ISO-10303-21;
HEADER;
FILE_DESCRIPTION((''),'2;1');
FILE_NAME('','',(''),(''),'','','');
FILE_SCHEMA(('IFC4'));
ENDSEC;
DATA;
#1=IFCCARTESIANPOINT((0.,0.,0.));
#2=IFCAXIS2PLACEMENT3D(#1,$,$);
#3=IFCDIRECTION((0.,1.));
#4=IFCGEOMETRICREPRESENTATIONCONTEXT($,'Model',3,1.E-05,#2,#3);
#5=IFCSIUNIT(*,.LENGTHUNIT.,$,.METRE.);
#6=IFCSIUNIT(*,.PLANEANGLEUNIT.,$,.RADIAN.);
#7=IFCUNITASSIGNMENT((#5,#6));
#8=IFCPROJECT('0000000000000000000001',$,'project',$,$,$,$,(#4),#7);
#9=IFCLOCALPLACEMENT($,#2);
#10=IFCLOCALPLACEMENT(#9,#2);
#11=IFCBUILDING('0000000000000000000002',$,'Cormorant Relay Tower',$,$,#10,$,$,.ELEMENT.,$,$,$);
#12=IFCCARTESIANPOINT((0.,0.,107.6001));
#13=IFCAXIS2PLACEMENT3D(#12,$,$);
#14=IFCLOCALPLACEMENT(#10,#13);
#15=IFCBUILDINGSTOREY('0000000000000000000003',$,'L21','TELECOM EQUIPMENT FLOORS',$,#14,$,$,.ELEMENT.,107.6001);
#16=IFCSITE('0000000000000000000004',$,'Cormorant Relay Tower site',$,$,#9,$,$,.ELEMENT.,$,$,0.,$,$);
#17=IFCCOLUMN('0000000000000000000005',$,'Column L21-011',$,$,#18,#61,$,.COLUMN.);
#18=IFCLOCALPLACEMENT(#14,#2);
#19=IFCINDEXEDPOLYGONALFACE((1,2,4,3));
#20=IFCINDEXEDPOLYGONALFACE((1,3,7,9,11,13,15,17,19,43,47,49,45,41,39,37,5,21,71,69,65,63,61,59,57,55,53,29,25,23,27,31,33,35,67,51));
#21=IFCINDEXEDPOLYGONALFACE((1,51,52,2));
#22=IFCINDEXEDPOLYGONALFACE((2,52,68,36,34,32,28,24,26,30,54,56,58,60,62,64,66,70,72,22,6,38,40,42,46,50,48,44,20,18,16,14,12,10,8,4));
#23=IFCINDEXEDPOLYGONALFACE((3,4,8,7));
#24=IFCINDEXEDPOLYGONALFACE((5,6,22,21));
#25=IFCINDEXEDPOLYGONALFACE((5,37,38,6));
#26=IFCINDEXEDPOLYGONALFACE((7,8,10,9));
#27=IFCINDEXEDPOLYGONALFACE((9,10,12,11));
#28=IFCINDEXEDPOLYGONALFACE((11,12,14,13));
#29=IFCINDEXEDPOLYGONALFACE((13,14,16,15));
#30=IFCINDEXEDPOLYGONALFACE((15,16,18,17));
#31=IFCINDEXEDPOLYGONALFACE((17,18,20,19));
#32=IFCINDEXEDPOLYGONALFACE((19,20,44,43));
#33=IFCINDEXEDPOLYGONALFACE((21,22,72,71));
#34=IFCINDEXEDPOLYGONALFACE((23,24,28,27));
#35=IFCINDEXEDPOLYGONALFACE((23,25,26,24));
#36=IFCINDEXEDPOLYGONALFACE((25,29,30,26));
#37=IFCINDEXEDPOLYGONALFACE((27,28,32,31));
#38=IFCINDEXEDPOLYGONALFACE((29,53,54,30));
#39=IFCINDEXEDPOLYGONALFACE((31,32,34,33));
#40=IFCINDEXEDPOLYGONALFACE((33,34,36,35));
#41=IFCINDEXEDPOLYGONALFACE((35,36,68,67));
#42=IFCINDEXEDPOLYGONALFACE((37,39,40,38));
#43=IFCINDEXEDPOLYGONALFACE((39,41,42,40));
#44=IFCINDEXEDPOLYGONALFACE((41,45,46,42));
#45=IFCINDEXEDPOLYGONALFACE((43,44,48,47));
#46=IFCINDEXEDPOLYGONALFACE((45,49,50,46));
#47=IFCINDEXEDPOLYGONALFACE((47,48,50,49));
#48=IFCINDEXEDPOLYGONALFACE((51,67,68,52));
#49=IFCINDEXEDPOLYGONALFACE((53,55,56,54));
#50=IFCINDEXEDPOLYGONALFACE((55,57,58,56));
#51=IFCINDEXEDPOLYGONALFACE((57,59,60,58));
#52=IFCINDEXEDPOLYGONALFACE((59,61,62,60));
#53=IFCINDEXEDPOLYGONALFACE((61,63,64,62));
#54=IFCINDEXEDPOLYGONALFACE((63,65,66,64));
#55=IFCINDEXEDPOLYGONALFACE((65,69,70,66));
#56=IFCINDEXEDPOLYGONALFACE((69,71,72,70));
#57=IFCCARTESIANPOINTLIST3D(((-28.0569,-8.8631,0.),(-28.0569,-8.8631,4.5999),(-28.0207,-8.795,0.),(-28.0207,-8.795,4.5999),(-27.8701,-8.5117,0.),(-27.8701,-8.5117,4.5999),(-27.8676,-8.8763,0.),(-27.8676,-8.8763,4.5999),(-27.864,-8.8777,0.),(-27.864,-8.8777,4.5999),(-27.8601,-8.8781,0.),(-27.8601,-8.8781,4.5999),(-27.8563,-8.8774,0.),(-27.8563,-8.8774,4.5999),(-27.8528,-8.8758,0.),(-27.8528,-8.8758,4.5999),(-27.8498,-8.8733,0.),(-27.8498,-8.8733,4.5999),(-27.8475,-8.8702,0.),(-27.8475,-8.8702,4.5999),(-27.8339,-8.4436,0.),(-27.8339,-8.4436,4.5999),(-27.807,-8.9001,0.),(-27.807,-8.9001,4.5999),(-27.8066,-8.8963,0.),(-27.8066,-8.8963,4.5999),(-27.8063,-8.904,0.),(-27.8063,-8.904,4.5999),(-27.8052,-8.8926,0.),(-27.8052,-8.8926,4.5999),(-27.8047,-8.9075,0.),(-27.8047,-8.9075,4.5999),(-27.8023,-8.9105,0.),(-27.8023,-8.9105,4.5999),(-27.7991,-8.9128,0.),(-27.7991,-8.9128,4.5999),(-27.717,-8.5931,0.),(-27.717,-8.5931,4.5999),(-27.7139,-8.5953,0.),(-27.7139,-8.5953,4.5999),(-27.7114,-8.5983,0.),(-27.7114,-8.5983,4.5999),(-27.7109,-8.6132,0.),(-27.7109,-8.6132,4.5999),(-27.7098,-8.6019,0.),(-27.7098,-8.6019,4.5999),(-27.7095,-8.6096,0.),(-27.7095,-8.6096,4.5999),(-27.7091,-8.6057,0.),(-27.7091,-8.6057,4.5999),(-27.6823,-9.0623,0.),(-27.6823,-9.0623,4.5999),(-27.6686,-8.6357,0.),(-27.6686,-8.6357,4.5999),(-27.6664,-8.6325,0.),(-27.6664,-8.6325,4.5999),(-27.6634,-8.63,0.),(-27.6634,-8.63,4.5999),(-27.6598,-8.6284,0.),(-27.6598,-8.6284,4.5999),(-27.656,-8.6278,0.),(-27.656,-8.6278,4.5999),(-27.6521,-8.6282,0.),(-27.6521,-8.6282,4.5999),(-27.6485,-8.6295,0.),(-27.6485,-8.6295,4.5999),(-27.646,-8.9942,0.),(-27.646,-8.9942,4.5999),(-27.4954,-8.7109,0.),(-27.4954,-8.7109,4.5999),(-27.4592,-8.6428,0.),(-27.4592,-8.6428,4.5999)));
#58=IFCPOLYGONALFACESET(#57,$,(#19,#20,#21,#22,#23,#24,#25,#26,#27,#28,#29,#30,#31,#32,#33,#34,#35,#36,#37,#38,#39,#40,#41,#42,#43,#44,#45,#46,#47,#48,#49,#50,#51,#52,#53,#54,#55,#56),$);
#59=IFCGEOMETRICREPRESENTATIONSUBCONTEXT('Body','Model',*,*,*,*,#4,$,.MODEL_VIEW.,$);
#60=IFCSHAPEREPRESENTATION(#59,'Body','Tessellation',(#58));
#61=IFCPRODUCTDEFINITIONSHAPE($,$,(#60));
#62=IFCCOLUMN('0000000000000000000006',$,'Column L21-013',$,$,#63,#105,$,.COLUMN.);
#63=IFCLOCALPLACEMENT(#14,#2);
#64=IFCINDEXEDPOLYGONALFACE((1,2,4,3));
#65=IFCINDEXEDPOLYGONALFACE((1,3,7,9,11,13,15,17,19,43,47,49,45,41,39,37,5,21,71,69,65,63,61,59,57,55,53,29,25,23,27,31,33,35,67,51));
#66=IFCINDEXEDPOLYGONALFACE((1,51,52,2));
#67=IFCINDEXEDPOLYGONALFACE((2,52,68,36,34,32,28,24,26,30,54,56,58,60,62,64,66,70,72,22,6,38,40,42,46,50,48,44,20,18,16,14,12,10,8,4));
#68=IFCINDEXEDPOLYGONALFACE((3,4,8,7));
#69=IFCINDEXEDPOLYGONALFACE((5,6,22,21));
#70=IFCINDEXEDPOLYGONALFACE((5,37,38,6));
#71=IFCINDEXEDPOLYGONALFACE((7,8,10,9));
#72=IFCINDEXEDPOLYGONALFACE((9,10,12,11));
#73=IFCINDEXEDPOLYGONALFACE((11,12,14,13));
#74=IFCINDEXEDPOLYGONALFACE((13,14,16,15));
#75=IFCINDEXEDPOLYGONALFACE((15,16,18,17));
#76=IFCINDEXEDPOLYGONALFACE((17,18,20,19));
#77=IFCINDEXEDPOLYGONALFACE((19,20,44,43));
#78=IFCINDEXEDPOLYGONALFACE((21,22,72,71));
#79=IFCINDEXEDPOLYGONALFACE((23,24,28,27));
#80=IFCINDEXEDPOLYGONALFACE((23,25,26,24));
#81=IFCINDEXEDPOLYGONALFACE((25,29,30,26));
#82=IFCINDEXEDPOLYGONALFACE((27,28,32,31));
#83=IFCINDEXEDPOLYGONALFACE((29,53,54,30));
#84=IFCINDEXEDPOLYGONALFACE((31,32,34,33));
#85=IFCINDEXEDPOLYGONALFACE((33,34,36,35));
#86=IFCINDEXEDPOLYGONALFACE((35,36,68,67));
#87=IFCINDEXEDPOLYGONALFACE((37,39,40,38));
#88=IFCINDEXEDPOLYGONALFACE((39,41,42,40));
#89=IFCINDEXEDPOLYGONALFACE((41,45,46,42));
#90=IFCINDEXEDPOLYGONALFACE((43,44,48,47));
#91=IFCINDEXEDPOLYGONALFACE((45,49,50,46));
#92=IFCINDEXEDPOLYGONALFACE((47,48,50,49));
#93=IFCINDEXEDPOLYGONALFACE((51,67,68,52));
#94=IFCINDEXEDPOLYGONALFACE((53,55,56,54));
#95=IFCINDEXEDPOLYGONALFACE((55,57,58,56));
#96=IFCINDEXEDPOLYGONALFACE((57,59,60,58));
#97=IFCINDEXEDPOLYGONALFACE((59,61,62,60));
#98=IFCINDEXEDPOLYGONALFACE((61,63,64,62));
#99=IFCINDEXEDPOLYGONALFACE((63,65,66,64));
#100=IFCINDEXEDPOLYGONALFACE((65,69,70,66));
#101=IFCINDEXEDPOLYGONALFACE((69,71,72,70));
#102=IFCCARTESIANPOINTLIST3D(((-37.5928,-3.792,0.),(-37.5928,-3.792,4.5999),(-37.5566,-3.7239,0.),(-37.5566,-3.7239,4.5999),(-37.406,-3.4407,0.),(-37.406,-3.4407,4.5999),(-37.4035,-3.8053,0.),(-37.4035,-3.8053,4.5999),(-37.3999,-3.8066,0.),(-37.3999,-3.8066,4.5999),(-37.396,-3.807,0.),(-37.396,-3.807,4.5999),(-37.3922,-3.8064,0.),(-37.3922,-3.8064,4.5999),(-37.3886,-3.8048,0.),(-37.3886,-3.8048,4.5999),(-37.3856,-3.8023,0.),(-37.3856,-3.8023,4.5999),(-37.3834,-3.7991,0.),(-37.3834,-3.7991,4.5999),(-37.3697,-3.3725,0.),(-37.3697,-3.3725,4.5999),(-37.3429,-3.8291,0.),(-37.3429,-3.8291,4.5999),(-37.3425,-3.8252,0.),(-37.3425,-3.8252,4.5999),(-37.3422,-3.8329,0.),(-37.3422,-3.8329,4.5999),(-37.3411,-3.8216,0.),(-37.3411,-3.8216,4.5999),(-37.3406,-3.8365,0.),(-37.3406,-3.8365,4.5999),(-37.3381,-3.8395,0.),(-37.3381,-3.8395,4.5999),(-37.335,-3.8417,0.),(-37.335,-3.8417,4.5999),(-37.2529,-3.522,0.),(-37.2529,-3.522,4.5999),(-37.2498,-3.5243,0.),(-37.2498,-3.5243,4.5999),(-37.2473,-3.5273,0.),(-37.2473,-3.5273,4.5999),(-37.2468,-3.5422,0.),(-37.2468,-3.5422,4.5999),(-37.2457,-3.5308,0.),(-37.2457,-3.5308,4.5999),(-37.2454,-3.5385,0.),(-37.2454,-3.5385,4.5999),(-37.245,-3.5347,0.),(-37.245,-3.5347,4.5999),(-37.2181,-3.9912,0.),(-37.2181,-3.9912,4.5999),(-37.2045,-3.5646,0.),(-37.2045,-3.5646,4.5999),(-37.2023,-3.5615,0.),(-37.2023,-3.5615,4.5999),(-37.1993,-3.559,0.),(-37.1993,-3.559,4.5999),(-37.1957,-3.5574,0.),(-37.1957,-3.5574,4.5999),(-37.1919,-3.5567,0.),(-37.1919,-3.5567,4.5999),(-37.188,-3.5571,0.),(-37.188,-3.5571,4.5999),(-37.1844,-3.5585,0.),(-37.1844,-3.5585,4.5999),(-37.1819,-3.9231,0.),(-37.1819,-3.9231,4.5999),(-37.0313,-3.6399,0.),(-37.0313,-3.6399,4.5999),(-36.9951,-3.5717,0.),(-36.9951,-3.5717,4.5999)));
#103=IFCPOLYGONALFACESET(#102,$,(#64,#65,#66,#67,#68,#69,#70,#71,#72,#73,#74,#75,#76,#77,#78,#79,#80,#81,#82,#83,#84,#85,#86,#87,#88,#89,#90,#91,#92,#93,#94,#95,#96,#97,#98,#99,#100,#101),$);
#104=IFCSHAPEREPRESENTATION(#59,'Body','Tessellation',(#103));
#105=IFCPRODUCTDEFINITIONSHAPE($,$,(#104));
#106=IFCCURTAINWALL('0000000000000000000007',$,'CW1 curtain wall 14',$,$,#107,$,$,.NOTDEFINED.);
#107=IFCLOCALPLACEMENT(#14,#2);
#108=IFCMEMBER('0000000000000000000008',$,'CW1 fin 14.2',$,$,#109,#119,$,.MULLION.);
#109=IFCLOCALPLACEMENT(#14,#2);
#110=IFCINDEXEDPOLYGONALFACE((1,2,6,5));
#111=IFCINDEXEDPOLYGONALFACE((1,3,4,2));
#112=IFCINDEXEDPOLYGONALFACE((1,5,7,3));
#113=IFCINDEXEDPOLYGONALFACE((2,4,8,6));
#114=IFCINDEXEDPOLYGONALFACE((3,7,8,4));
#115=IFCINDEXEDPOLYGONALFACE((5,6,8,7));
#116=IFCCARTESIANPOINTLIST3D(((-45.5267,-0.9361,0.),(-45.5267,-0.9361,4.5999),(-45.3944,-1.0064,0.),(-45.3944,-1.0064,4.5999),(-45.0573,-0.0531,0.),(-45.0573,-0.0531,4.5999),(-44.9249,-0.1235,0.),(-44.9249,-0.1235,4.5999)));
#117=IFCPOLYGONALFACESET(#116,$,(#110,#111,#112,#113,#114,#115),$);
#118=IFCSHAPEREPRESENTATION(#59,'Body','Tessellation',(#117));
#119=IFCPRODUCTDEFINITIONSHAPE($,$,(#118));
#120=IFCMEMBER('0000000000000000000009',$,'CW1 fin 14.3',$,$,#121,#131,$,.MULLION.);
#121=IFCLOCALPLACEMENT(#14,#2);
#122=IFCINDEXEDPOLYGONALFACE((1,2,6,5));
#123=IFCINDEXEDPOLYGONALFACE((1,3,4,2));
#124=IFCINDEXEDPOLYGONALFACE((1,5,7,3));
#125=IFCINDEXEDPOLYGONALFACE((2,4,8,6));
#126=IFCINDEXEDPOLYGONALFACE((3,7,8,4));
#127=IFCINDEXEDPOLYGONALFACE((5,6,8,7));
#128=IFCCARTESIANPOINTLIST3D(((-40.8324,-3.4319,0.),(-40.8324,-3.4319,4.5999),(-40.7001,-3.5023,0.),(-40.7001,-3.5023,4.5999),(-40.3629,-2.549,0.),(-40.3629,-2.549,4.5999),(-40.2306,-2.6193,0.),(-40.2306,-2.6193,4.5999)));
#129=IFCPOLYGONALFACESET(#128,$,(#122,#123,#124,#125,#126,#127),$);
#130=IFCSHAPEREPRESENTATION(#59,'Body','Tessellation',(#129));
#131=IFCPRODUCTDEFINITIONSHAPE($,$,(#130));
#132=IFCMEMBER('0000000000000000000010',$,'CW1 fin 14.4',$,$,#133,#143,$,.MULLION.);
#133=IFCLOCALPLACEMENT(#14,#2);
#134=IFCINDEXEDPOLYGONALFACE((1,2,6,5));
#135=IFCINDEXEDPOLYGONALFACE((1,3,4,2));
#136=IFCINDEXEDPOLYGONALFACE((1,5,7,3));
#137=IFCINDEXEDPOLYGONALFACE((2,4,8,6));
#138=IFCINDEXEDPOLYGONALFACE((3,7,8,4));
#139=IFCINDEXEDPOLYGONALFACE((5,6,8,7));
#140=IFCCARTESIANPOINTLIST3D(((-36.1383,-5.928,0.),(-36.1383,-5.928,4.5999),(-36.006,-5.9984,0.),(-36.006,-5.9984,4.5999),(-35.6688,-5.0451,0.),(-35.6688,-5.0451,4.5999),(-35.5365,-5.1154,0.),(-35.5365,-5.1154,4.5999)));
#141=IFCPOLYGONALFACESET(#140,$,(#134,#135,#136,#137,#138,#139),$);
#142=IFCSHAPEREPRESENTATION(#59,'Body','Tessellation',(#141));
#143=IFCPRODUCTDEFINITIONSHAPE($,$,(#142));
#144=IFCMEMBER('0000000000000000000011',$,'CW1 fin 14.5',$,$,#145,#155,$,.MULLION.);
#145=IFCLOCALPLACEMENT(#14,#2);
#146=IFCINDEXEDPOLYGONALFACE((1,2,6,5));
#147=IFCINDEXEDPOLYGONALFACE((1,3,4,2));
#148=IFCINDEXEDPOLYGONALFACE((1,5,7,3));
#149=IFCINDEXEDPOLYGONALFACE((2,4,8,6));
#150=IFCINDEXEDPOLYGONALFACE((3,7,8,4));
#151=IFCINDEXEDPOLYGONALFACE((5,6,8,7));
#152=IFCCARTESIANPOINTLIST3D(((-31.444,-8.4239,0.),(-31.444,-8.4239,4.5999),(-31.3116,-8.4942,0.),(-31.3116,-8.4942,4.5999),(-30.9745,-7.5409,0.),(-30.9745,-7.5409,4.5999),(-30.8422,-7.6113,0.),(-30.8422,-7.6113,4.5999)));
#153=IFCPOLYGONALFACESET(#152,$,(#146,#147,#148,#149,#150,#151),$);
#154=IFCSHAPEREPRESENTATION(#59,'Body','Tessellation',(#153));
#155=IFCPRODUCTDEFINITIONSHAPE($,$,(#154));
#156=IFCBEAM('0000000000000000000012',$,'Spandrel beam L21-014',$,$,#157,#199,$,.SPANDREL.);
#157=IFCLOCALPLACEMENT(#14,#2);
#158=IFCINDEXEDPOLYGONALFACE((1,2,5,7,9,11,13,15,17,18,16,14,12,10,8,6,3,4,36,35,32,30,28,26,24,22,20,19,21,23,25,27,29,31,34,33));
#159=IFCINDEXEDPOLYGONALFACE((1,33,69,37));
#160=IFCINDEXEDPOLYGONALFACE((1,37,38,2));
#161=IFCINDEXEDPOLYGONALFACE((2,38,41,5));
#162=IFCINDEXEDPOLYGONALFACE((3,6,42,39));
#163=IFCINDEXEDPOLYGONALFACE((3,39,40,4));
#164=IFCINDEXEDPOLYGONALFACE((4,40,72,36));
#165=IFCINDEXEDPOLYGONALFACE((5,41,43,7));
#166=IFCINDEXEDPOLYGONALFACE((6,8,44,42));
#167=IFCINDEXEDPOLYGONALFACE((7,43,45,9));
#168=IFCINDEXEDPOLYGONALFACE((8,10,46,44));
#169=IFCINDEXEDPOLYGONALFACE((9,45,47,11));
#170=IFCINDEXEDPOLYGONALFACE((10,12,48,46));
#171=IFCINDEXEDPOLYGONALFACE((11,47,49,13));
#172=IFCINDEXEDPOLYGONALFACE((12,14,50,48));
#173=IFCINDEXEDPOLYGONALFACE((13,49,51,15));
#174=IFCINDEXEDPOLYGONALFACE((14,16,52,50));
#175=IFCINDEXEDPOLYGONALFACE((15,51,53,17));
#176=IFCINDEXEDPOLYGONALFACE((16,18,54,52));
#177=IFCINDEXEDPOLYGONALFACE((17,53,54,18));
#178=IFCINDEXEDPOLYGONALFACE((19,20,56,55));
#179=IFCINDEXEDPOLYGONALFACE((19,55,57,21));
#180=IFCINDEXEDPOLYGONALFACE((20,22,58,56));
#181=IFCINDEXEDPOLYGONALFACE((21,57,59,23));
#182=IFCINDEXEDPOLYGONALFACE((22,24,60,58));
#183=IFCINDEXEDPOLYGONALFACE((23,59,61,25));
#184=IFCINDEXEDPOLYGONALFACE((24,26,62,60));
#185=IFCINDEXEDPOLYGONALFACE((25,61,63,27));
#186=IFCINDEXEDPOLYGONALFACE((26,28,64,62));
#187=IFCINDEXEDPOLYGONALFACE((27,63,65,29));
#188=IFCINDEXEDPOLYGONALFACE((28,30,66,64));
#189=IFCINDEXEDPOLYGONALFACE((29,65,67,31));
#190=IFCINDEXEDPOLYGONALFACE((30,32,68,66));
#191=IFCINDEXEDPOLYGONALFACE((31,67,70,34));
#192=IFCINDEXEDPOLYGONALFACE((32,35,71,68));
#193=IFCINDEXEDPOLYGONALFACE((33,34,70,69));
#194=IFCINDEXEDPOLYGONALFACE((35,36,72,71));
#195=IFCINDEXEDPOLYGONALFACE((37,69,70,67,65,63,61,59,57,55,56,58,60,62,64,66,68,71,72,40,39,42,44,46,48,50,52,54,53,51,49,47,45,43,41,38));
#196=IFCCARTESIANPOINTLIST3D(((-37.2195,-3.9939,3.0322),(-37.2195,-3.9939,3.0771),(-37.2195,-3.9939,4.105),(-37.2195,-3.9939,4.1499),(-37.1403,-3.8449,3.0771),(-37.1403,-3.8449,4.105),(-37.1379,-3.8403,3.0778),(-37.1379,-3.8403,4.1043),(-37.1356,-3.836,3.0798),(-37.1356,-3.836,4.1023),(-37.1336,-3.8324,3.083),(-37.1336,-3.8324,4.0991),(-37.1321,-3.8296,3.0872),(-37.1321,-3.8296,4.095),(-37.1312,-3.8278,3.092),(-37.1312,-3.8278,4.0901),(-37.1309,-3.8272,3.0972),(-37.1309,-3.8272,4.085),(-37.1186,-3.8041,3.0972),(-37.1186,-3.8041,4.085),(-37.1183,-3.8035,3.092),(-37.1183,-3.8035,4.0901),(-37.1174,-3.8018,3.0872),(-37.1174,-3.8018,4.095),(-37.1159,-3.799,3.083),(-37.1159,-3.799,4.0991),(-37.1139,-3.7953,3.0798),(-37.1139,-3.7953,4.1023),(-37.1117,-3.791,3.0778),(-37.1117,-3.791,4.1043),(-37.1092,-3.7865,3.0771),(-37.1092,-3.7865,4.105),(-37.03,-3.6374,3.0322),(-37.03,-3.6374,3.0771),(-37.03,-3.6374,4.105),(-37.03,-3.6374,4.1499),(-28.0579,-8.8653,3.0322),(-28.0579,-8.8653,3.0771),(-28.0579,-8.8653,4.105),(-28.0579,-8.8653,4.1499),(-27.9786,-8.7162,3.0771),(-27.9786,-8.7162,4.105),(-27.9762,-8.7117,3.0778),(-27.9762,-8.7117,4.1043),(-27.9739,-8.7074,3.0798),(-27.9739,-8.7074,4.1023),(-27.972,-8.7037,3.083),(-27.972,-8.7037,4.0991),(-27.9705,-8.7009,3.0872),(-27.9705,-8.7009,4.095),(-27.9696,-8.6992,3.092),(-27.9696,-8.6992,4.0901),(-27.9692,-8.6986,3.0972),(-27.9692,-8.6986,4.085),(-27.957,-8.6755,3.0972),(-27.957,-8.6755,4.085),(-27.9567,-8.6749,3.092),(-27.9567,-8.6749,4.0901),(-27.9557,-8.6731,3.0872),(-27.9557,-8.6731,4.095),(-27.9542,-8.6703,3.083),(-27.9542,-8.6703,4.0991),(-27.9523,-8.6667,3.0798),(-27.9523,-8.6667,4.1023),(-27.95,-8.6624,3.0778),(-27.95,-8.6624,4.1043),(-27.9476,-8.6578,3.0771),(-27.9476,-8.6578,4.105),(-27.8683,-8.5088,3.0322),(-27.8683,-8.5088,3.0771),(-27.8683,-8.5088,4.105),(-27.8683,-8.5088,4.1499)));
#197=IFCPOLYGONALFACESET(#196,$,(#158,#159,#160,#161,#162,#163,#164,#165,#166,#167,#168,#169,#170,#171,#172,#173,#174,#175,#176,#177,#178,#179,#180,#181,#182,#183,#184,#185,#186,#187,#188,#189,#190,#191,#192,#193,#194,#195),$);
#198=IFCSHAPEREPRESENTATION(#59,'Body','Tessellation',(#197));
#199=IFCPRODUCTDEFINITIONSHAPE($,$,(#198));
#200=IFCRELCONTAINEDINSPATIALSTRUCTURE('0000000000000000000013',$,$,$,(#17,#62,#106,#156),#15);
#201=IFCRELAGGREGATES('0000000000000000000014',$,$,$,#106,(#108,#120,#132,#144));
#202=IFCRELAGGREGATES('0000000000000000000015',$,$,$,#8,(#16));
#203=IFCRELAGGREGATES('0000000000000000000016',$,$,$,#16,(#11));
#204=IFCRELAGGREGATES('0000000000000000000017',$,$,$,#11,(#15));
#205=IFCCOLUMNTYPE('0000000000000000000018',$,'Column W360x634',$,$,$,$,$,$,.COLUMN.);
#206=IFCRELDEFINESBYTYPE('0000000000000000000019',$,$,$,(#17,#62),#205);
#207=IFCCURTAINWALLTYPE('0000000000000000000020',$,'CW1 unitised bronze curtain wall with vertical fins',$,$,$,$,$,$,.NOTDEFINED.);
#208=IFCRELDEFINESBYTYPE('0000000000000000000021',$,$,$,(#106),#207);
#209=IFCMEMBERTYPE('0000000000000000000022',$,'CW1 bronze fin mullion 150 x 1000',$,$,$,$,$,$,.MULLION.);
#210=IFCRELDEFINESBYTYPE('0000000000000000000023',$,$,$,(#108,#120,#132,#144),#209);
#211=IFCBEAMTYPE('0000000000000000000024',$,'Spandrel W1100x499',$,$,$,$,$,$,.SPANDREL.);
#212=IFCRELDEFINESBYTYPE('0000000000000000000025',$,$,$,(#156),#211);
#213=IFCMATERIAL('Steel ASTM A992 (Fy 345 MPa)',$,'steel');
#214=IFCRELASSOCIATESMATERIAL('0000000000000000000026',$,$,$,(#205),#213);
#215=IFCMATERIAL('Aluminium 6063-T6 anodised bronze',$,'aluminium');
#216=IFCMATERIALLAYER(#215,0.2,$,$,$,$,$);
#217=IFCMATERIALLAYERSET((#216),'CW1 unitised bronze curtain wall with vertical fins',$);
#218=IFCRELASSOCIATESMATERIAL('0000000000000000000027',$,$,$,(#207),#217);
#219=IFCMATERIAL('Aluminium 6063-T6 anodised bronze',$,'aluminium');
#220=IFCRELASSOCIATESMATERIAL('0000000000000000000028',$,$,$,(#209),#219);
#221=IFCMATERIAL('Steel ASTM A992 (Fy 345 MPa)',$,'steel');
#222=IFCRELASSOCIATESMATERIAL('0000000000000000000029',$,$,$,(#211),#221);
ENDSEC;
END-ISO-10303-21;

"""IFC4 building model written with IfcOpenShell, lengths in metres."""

from ifc_helpers import new_model, si_unit, direction, frame, origin, origin_2d, place, context, subcontext, project, spatial, rectangle, i_section, extrude, material, layer, layer_set, material_profile, profile_set, type_object, element, aggregate, save


model = new_model("IFC4")

# Units and contexts
model_context = context("Model", 3, precision=1e-05, world=origin(), true_north=direction((0.0, 1.0)))
body_context = subcontext(model_context, "Body", "Model", "MODEL_VIEW")
ifc_project = project(units=[si_unit("LENGTHUNIT", "METRE"), si_unit("PLANEANGLEUNIT", "RADIAN")], contexts=[model_context])

# Site, building, storey
site_placement = place(None, origin())
site = spatial("IfcSite", under=ifc_project, at=site_placement, Name="Cormorant Relay Tower site", CompositionType="ELEMENT", RefElevation=0.0)
building_placement = place(site_placement, origin())
building = spatial("IfcBuilding", under=site, at=building_placement, Name="Cormorant Relay Tower", CompositionType="ELEMENT")
storey_placement = place(building_placement, frame((0.0, 0.0, 107.6001)))
storey = spatial("IfcBuildingStorey", under=building, at=storey_placement, Name="L21", Description="TELECOM EQUIPMENT FLOORS", CompositionType="ELEMENT", Elevation=107.6001)

# Columns
ifc_material_1 = material(Name="Steel ASTM A992 (Fy 345 MPa)", Category="steel")
ifc_material_profile_1 = material_profile(ifc_material_1, i_section(OverallWidth=0.4243, OverallDepth=0.4751, WebThickness=0.0479, FlangeThickness=0.0771, FilletRadius=0.0149, at=origin_2d()), Name="W360x634")
ifc_profile_set_1 = profile_set([ifc_material_profile_1], Name="Steel ASTM A992 (Fy 345 MPa)")
column_type = type_object("IfcColumnType", Name="Column W360x634", PredefinedType="COLUMN", material=ifc_profile_set_1)
for number, where, z_axis, x_axis, name in (
    (1, (-27.7581, -8.7529, 0.0), (0.0, 0.0, 1.0), (0.882948, -0.469472, 0.0), "Column L21-011"),
    (2, (-37.2939, -3.6819, 0.0), (0.0, 0.0, 1.0), (0.882948, -0.469472, 0.0), "Column L21-013"),
):
    element("IfcColumn", number, at=place(storey_placement, frame(where, z_axis=z_axis, x_axis=x_axis)), inside=storey, type_object=column_type, Name=name, PredefinedType="COLUMN", context=body_context, shape_type="SweptSolid", body=[
        extrude(i_section(OverallWidth=0.4243, OverallDepth=0.4751, WebThickness=0.0479, FlangeThickness=0.0771, FilletRadius=0.0149, at=origin_2d()), origin(), (0.0, 0.0, 1.0), 4.5999),
    ])

# Curtain wall, members
ifc_material_2 = material(Name="Aluminium 6063-T6 anodised bronze", Category="aluminium")
ifc_layer_1 = layer(ifc_material_2, 0.2)
ifc_layer_set_1 = layer_set([ifc_layer_1], Name="CW1 unitised bronze curtain wall with vertical fins")
curtain_wall_type = type_object("IfcCurtainWallType", Name="CW1 unitised bronze curtain wall with vertical fins", PredefinedType="NOTDEFINED", material=ifc_layer_set_1)
curtain_wall_placement = place(storey_placement, origin())
curtain_wall = element("IfcCurtainWall", 3, at=curtain_wall_placement, inside=storey, type_object=curtain_wall_type, Name="CW1 curtain wall 14", PredefinedType="NOTDEFINED")
ifc_material_3 = material(Name="Aluminium 6063-T6 anodised bronze", Category="aluminium")
ifc_material_profile_2 = material_profile(ifc_material_3, rectangle(XDim=0.1499, YDim=1.0, at=origin_2d()), Name="AL 150x1000")
ifc_profile_set_2 = profile_set([ifc_material_profile_2], Name="Aluminium 6063-T6 anodised bronze")
member_type = type_object("IfcMemberType", Name="CW1 bronze fin mullion 150 x 1000", PredefinedType="MULLION", material=ifc_profile_set_2)
member_1_placement = place(storey_placement, frame((-45.2258, -0.5298, 0.0), z_axis=(0.0, 0.0, 1.0), x_axis=(0.882948, -0.469472, 0.0)))
member_1 = element("IfcMember", 4, at=member_1_placement, type_object=member_type, Name="CW1 fin 14.2", PredefinedType="MULLION", context=body_context, shape_type="SweptSolid", body=[
    extrude(rectangle(XDim=0.1499, YDim=1.0, at=origin_2d()), origin(), (0.0, 0.0, 1.0), 4.5999),
])
member_2_placement = place(storey_placement, frame((-40.5315, -3.0256, 0.0), z_axis=(0.0, 0.0, 1.0), x_axis=(0.882948, -0.469472, 0.0)))
member_2 = element("IfcMember", 5, at=member_2_placement, type_object=member_type, Name="CW1 fin 14.3", PredefinedType="MULLION", context=body_context, shape_type="SweptSolid", body=[
    extrude(rectangle(XDim=0.1499, YDim=1.0, at=origin_2d()), origin(), (0.0, 0.0, 1.0), 4.5999),
])
member_3_placement = place(storey_placement, frame((-35.8374, -5.5217, 0.0), z_axis=(0.0, 0.0, 1.0), x_axis=(0.882948, -0.469472, 0.0)))
member_3 = element("IfcMember", 6, at=member_3_placement, type_object=member_type, Name="CW1 fin 14.4", PredefinedType="MULLION", context=body_context, shape_type="SweptSolid", body=[
    extrude(rectangle(XDim=0.1499, YDim=1.0, at=origin_2d()), origin(), (0.0, 0.0, 1.0), 4.5999),
])
member_4_placement = place(storey_placement, frame((-31.1431, -8.0176, 0.0), z_axis=(0.0, 0.0, 1.0), x_axis=(0.882948, -0.469472, 0.0)))
member_4 = element("IfcMember", 7, at=member_4_placement, type_object=member_type, Name="CW1 fin 14.5", PredefinedType="MULLION", context=body_context, shape_type="SweptSolid", body=[
    extrude(rectangle(XDim=0.1499, YDim=1.0, at=origin_2d()), origin(), (0.0, 0.0, 1.0), 4.5999),
])

# Beam
ifc_material_4 = material(Name="Steel ASTM A992 (Fy 345 MPa)", Category="steel")
ifc_material_profile_3 = material_profile(ifc_material_4, i_section(OverallWidth=0.4038, OverallDepth=1.1177, WebThickness=0.0261, FlangeThickness=0.0449, FilletRadius=0.02, at=origin_2d()), Name="W1100x499")
ifc_profile_set_3 = profile_set([ifc_material_profile_3], Name="Steel ASTM A992 (Fy 345 MPa)")
beam_type_1 = type_object("IfcBeamType", Name="Spandrel W1100x499", PredefinedType="SPANDREL", material=ifc_profile_set_3)
beam_1_placement = place(storey_placement, frame((-37.1248, -3.8157, 3.5911), z_axis=(0.882947, -0.469473, 0.0), x_axis=(0.469473, 0.882947, 0.0)))
element("IfcBeam", 8, at=beam_1_placement, inside=storey, type_object=beam_type_1, Name="Spandrel beam L21-014", PredefinedType="SPANDREL", context=body_context, shape_type="SweptSolid", body=[
    extrude(i_section(OverallWidth=0.4038, OverallDepth=1.1177, WebThickness=0.0261, FlangeThickness=0.0449, FilletRadius=0.02, at=origin_2d()), origin(), (0.0, 0.0, 1.0), 10.3762),
])

aggregate(curtain_wall, [member_1, member_2, member_3, member_4])

save(model, "model.ifc")
